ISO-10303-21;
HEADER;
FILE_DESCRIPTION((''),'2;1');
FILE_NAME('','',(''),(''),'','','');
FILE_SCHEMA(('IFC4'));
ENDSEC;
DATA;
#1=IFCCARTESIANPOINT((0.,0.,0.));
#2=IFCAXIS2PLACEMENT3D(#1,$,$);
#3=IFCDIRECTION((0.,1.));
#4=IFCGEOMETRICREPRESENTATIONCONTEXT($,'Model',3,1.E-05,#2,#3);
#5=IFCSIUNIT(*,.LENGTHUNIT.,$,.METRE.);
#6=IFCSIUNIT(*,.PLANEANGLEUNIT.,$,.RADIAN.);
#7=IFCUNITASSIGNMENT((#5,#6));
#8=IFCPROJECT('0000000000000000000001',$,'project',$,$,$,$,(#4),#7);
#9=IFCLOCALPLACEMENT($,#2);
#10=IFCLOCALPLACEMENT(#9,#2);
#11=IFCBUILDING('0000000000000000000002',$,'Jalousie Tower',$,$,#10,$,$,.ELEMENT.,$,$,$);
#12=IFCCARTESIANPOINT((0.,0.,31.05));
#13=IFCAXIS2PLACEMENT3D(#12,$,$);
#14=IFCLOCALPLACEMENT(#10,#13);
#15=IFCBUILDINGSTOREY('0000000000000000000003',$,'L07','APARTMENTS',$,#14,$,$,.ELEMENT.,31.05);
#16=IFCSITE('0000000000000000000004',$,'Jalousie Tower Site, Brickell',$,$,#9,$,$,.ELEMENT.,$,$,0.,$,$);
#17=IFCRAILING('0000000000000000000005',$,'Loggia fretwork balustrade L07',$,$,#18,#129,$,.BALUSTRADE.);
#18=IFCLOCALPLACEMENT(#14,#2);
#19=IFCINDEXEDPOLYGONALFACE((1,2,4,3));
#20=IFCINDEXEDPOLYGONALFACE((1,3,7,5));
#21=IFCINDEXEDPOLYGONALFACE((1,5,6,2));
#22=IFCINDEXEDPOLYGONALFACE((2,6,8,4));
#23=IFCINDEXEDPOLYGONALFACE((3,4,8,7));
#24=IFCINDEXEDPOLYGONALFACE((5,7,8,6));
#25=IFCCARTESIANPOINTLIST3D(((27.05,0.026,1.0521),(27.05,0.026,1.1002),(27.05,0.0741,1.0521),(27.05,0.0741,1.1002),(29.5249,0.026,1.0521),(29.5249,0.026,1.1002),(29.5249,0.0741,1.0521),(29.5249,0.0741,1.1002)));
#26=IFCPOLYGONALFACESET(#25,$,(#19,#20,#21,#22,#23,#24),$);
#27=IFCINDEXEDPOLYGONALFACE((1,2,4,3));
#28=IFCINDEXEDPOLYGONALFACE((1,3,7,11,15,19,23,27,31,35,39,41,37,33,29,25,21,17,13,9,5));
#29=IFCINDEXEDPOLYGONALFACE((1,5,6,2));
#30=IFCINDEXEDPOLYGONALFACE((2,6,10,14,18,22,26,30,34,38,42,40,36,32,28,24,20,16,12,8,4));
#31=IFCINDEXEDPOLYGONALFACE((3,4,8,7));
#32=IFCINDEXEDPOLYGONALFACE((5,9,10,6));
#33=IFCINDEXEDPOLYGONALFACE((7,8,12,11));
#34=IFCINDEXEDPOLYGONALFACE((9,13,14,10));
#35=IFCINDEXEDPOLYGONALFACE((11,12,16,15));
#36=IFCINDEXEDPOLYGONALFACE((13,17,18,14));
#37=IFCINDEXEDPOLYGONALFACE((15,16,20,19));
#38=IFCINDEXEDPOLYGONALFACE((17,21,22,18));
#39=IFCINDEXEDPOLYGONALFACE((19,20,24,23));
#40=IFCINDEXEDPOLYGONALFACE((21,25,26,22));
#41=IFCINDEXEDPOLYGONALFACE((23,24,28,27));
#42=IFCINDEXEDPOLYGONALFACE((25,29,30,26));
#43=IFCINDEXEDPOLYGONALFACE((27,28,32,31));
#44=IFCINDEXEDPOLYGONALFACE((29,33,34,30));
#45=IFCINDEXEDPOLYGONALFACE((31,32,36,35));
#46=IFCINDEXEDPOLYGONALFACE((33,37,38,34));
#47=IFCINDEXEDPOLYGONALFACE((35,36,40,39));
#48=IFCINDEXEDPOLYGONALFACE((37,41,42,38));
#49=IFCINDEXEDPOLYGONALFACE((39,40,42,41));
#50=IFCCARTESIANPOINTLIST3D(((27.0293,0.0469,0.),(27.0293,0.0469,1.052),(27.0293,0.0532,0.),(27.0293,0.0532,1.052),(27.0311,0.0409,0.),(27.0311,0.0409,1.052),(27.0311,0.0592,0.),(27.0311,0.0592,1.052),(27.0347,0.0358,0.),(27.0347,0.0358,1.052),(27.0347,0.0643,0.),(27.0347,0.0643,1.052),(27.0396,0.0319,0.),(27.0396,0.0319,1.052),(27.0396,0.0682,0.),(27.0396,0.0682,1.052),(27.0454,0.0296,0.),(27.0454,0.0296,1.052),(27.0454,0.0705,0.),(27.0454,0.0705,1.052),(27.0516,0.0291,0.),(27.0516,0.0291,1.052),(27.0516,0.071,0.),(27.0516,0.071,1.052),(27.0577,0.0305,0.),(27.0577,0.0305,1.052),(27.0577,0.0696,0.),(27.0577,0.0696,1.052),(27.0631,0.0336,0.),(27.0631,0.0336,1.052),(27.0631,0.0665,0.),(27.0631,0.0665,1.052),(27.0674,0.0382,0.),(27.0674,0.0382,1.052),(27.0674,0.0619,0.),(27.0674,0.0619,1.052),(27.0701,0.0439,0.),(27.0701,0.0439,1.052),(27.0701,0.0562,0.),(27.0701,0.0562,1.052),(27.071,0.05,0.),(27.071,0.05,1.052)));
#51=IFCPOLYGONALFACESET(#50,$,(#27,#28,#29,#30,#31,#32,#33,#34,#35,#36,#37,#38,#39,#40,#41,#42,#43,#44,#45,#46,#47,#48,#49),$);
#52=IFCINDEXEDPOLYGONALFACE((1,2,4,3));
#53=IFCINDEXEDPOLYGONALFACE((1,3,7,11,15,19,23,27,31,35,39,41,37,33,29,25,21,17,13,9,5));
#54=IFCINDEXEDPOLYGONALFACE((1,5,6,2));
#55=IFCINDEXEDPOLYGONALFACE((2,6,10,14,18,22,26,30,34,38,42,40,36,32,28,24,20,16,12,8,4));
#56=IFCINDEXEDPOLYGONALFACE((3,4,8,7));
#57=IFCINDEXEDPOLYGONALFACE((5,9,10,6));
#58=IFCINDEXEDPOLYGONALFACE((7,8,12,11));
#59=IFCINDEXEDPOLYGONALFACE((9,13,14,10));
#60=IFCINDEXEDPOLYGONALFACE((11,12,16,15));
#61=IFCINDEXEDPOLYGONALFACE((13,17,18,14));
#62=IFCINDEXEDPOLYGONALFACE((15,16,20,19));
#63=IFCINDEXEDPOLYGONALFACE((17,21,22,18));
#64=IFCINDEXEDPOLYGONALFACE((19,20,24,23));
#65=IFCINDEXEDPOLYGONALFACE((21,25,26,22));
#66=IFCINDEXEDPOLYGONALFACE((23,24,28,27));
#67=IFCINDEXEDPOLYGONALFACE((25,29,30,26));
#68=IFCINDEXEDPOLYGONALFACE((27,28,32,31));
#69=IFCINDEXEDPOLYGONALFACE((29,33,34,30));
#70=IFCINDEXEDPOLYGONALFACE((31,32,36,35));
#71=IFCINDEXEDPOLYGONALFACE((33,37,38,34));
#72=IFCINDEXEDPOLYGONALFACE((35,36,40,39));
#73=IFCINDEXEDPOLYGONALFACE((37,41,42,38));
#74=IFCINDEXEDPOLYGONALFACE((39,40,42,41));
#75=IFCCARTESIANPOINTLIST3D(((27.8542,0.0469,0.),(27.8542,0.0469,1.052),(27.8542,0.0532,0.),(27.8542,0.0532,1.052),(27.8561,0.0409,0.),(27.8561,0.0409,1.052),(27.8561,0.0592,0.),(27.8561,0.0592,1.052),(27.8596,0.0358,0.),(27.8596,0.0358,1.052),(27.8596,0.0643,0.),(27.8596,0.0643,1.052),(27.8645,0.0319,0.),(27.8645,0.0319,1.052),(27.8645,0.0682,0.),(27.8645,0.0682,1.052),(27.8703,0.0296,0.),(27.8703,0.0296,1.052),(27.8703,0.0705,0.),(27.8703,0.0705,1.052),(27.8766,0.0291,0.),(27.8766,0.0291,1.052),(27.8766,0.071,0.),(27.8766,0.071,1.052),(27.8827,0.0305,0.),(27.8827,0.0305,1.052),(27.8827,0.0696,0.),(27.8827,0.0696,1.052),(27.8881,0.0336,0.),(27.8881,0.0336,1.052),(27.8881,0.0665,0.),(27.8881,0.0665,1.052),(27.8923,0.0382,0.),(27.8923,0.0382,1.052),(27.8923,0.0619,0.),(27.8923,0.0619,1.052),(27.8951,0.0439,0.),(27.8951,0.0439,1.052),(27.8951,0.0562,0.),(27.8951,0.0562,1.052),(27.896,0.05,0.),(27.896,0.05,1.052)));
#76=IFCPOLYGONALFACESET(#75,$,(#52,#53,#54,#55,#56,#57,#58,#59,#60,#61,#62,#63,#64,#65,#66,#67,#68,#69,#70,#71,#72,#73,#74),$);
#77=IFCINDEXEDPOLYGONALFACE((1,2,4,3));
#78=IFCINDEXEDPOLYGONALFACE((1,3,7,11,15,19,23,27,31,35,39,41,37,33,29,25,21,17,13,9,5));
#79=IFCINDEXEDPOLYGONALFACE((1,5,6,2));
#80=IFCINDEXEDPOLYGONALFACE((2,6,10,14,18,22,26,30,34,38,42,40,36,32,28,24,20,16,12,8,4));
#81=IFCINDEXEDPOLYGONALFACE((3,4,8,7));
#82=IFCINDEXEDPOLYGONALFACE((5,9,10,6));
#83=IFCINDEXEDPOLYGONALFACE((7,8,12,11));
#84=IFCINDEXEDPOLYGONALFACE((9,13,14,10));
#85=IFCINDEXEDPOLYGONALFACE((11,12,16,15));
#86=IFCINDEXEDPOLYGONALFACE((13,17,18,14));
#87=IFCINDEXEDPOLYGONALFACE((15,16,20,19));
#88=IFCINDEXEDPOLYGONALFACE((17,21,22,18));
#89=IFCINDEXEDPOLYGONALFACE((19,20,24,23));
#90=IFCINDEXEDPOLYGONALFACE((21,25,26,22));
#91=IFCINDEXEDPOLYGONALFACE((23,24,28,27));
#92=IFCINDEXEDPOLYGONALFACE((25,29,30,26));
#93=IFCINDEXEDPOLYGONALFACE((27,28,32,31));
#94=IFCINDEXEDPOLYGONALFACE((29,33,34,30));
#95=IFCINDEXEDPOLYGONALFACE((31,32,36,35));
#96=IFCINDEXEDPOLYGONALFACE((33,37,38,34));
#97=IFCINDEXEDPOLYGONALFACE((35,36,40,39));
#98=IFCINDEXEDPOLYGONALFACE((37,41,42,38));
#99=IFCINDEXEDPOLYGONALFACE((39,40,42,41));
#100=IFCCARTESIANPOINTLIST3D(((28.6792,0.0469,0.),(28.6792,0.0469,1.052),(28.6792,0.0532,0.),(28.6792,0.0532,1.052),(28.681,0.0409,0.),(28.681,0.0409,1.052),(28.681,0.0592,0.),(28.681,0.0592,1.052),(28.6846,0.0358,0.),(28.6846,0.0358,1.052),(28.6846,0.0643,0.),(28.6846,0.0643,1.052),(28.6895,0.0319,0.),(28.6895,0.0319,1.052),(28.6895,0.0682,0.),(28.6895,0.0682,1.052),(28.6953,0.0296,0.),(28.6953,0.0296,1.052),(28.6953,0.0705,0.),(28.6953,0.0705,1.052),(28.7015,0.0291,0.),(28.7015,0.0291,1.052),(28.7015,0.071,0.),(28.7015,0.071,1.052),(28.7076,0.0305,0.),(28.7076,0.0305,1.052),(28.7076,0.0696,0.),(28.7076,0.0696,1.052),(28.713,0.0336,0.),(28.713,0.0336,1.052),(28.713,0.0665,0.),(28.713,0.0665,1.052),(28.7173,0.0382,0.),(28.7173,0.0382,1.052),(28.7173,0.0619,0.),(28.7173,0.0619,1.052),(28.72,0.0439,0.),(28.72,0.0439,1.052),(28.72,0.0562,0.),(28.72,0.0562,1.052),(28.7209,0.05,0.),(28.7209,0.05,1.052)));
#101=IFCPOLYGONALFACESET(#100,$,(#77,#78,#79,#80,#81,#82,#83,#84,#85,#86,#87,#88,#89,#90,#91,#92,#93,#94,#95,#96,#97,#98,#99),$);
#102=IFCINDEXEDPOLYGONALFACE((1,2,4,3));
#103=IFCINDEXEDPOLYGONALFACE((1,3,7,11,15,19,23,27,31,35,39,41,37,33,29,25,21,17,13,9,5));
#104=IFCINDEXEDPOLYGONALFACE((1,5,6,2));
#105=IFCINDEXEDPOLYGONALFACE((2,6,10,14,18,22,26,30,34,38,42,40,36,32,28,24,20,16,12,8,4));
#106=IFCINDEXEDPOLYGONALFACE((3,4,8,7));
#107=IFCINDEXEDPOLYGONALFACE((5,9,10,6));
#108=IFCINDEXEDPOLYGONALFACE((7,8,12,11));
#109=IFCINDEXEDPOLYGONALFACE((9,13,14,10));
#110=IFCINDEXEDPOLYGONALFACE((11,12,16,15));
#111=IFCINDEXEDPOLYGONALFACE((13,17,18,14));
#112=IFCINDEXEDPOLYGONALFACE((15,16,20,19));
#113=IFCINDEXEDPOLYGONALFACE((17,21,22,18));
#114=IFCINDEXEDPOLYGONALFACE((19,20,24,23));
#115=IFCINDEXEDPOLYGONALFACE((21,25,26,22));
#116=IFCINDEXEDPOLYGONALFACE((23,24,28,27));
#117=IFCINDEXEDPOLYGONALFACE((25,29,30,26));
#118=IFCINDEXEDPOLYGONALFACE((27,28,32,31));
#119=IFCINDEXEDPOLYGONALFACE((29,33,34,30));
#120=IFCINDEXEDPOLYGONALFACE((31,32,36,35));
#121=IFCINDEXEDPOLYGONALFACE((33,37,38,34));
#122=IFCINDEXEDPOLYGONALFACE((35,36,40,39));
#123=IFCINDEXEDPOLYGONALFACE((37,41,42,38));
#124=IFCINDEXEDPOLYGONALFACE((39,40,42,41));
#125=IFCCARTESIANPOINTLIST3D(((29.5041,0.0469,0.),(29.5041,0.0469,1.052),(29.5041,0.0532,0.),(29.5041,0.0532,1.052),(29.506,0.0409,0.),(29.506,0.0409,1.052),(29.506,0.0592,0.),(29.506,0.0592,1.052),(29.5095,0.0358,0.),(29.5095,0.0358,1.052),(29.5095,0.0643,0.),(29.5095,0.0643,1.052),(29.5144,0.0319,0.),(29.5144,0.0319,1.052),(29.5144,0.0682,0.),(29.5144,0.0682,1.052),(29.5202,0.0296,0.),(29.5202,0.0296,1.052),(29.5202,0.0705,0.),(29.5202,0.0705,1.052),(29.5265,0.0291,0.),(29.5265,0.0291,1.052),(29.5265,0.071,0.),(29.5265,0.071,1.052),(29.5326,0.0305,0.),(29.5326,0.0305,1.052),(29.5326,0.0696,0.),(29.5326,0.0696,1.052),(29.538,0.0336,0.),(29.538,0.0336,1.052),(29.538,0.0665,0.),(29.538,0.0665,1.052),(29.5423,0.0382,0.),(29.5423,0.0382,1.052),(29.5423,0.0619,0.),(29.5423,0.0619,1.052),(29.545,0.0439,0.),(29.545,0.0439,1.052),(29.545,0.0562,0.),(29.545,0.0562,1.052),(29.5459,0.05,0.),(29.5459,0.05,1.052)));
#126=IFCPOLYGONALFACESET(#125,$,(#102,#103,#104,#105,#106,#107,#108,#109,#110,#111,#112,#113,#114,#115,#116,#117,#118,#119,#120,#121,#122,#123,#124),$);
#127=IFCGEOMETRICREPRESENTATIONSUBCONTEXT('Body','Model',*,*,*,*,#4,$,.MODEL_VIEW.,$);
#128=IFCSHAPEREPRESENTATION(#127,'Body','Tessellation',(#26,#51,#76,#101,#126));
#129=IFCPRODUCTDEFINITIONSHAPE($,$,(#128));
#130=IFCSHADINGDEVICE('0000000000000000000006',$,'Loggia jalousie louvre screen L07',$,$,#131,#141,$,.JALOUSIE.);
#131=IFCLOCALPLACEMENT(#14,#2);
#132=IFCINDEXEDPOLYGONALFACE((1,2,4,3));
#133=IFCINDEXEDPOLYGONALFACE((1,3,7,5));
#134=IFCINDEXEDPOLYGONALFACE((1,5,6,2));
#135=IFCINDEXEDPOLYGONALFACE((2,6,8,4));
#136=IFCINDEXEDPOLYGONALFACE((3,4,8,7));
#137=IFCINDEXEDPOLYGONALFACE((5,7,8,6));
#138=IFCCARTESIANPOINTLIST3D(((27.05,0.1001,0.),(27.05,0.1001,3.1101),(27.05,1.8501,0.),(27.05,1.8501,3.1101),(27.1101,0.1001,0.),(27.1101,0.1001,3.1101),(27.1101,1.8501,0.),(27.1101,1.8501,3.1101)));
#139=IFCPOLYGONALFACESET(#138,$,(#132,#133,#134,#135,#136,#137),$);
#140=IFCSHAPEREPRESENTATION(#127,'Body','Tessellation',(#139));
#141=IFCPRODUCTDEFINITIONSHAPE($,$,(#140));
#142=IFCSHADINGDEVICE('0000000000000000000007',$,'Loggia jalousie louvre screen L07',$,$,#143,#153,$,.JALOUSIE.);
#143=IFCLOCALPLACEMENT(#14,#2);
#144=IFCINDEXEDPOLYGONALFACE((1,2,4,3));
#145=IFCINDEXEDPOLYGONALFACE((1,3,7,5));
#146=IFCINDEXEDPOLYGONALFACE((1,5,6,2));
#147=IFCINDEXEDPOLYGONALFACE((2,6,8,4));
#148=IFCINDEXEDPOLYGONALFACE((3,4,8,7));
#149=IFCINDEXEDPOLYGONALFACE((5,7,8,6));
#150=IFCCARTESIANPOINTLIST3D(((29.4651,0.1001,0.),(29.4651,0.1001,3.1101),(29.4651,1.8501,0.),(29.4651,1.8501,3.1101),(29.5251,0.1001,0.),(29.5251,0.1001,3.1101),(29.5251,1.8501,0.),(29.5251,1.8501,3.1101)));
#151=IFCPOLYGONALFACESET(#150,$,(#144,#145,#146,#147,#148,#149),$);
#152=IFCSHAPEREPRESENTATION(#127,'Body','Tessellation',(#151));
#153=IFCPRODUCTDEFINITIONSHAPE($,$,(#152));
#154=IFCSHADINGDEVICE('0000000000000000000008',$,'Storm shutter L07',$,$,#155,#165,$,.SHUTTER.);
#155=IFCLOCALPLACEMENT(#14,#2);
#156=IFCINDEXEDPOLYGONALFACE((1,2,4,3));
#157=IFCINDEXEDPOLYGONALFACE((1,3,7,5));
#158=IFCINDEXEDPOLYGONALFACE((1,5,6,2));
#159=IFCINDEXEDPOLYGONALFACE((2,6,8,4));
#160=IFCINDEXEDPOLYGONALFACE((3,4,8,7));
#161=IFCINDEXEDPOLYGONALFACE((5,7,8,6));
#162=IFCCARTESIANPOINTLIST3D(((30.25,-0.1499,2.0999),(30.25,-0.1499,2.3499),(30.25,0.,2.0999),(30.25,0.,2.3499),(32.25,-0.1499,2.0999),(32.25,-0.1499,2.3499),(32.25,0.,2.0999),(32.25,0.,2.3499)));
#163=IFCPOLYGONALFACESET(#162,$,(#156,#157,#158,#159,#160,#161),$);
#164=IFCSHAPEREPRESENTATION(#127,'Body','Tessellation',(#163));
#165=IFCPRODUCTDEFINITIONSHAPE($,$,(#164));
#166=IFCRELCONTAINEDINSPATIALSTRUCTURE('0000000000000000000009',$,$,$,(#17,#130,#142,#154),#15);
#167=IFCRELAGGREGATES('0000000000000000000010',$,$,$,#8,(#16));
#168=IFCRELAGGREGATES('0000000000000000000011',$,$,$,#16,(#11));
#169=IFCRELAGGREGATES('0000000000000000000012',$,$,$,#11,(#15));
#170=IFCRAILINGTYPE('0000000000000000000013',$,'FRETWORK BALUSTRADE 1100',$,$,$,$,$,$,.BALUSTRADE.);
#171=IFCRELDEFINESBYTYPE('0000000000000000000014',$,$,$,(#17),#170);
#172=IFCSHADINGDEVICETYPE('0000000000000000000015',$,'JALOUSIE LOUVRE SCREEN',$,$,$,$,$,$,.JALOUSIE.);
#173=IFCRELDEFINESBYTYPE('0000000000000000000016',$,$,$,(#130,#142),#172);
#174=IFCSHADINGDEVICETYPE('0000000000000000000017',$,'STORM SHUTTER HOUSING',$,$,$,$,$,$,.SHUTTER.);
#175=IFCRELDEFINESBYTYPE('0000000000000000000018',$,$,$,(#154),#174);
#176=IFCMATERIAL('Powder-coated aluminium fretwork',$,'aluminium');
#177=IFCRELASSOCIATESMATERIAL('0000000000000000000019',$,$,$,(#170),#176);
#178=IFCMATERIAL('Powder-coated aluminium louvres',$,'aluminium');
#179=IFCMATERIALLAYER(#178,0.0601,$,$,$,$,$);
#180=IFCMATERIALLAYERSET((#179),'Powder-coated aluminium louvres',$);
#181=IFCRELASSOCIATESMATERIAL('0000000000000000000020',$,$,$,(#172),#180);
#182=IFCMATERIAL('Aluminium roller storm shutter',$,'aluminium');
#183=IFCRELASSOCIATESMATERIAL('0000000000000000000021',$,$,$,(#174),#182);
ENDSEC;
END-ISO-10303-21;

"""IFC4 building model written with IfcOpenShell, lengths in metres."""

from ifc_helpers import new_model, si_unit, direction, frame, origin, origin_2d, place, context, subcontext, project, spatial, rectangle, circle, extrude, material, layer, layer_set, type_object, element, save


model = new_model("IFC4")

# Units and contexts
model_context = context("Model", 3, precision=1e-05, world=origin(), true_north=direction((0.0, 1.0)))
body_context = subcontext(model_context, "Body", "Model", "MODEL_VIEW")
ifc_project = project(units=[si_unit("LENGTHUNIT", "METRE"), si_unit("PLANEANGLEUNIT", "RADIAN")], contexts=[model_context])

# Site, building, storey
site_placement = place(None, origin())
site = spatial("IfcSite", under=ifc_project, at=site_placement, Name="Jalousie Tower Site, Brickell", CompositionType="ELEMENT", RefElevation=0.0)
building_placement = place(site_placement, origin())
building = spatial("IfcBuilding", under=site, at=building_placement, Name="Jalousie Tower", CompositionType="ELEMENT")
storey_placement = place(building_placement, frame((0.0, 0.0, 31.05)))
storey = spatial("IfcBuildingStorey", under=building, at=storey_placement, Name="L07", Description="APARTMENTS", CompositionType="ELEMENT", Elevation=31.05)

# Railing
ifc_material_1 = material(Name="Powder-coated aluminium fretwork", Category="aluminium")
railing_type = type_object("IfcRailingType", Name="FRETWORK BALUSTRADE 1100", PredefinedType="BALUSTRADE", material=ifc_material_1)
railing_placement = place(storey_placement, frame((27.05, 0.05, 0.0)))
element("IfcRailing", 1, at=railing_placement, inside=storey, type_object=railing_type, Name="Loggia fretwork balustrade L07", PredefinedType="BALUSTRADE", context=body_context, shape_type="SweptSolid", body=[
    extrude(rectangle(XDim=0.0481, YDim=0.0481, at=origin_2d()), frame((0.0, 0.0, 1.0762), z_axis=(1.0, 0.0, 0.0), x_axis=(0.0, 1.0, 0.0)), (0.0, 0.0, 1.0), 2.4749),
    extrude(circle(Radius=0.021, at=origin_2d()), origin(), (0.0, 0.0, 1.0), 1.052),
    extrude(circle(Radius=0.021, at=origin_2d()), frame((0.825, 0.0, 0.0)), (0.0, 0.0, 1.0), 1.052),
    extrude(circle(Radius=0.021, at=origin_2d()), frame((1.6499, 0.0, 0.0)), (0.0, 0.0, 1.0), 1.052),
    extrude(circle(Radius=0.021, at=origin_2d()), frame((2.4749, 0.0, 0.0)), (0.0, 0.0, 1.0), 1.052),
])

# Shading devices
ifc_material_2 = material(Name="Powder-coated aluminium louvres", Category="aluminium")
ifc_layer_1 = layer(ifc_material_2, 0.0601)
ifc_layer_set_1 = layer_set([ifc_layer_1], Name="Powder-coated aluminium louvres")
shading_device_type_1 = type_object("IfcShadingDeviceType", Name="JALOUSIE LOUVRE SCREEN", PredefinedType="JALOUSIE", material=ifc_layer_set_1)
for number, where, z_axis, x_axis, name in (
    (2, (27.0801, 0.9751, 0.0), (0.0, 0.0, 1.0), (1.0, 0.0, 0.0), "Loggia jalousie louvre screen L07"),
    (3, (29.4951, 0.9751, 0.0), (0.0, 0.0, 1.0), (1.0, 0.0, 0.0), "Loggia jalousie louvre screen L07"),
):
    element("IfcShadingDevice", number, at=place(storey_placement, frame(where, z_axis=z_axis, x_axis=x_axis)), inside=storey, type_object=shading_device_type_1, Name=name, PredefinedType="JALOUSIE", context=body_context, shape_type="SweptSolid", body=[
        extrude(rectangle(XDim=0.0601, YDim=1.75, at=origin_2d()), origin(), (0.0, 0.0, 1.0), 3.1101),
    ])
ifc_material_3 = material(Name="Aluminium roller storm shutter", Category="aluminium")
shading_device_type_2 = type_object("IfcShadingDeviceType", Name="STORM SHUTTER HOUSING", PredefinedType="SHUTTER", material=ifc_material_3)
shading_device_placement = place(storey_placement, frame((31.25, -0.075, 2.0999), z_axis=(0.0, 0.0, 1.0), x_axis=(1.0, 0.0, 0.0)))
element("IfcShadingDevice", 4, at=shading_device_placement, inside=storey, type_object=shading_device_type_2, Name="Storm shutter L07", PredefinedType="SHUTTER", context=body_context, shape_type="SweptSolid", body=[
    extrude(rectangle(XDim=2.0, YDim=0.1499, at=origin_2d()), origin(), (0.0, 0.0, 1.0), 0.25),
])

save(model, "model.ifc")
